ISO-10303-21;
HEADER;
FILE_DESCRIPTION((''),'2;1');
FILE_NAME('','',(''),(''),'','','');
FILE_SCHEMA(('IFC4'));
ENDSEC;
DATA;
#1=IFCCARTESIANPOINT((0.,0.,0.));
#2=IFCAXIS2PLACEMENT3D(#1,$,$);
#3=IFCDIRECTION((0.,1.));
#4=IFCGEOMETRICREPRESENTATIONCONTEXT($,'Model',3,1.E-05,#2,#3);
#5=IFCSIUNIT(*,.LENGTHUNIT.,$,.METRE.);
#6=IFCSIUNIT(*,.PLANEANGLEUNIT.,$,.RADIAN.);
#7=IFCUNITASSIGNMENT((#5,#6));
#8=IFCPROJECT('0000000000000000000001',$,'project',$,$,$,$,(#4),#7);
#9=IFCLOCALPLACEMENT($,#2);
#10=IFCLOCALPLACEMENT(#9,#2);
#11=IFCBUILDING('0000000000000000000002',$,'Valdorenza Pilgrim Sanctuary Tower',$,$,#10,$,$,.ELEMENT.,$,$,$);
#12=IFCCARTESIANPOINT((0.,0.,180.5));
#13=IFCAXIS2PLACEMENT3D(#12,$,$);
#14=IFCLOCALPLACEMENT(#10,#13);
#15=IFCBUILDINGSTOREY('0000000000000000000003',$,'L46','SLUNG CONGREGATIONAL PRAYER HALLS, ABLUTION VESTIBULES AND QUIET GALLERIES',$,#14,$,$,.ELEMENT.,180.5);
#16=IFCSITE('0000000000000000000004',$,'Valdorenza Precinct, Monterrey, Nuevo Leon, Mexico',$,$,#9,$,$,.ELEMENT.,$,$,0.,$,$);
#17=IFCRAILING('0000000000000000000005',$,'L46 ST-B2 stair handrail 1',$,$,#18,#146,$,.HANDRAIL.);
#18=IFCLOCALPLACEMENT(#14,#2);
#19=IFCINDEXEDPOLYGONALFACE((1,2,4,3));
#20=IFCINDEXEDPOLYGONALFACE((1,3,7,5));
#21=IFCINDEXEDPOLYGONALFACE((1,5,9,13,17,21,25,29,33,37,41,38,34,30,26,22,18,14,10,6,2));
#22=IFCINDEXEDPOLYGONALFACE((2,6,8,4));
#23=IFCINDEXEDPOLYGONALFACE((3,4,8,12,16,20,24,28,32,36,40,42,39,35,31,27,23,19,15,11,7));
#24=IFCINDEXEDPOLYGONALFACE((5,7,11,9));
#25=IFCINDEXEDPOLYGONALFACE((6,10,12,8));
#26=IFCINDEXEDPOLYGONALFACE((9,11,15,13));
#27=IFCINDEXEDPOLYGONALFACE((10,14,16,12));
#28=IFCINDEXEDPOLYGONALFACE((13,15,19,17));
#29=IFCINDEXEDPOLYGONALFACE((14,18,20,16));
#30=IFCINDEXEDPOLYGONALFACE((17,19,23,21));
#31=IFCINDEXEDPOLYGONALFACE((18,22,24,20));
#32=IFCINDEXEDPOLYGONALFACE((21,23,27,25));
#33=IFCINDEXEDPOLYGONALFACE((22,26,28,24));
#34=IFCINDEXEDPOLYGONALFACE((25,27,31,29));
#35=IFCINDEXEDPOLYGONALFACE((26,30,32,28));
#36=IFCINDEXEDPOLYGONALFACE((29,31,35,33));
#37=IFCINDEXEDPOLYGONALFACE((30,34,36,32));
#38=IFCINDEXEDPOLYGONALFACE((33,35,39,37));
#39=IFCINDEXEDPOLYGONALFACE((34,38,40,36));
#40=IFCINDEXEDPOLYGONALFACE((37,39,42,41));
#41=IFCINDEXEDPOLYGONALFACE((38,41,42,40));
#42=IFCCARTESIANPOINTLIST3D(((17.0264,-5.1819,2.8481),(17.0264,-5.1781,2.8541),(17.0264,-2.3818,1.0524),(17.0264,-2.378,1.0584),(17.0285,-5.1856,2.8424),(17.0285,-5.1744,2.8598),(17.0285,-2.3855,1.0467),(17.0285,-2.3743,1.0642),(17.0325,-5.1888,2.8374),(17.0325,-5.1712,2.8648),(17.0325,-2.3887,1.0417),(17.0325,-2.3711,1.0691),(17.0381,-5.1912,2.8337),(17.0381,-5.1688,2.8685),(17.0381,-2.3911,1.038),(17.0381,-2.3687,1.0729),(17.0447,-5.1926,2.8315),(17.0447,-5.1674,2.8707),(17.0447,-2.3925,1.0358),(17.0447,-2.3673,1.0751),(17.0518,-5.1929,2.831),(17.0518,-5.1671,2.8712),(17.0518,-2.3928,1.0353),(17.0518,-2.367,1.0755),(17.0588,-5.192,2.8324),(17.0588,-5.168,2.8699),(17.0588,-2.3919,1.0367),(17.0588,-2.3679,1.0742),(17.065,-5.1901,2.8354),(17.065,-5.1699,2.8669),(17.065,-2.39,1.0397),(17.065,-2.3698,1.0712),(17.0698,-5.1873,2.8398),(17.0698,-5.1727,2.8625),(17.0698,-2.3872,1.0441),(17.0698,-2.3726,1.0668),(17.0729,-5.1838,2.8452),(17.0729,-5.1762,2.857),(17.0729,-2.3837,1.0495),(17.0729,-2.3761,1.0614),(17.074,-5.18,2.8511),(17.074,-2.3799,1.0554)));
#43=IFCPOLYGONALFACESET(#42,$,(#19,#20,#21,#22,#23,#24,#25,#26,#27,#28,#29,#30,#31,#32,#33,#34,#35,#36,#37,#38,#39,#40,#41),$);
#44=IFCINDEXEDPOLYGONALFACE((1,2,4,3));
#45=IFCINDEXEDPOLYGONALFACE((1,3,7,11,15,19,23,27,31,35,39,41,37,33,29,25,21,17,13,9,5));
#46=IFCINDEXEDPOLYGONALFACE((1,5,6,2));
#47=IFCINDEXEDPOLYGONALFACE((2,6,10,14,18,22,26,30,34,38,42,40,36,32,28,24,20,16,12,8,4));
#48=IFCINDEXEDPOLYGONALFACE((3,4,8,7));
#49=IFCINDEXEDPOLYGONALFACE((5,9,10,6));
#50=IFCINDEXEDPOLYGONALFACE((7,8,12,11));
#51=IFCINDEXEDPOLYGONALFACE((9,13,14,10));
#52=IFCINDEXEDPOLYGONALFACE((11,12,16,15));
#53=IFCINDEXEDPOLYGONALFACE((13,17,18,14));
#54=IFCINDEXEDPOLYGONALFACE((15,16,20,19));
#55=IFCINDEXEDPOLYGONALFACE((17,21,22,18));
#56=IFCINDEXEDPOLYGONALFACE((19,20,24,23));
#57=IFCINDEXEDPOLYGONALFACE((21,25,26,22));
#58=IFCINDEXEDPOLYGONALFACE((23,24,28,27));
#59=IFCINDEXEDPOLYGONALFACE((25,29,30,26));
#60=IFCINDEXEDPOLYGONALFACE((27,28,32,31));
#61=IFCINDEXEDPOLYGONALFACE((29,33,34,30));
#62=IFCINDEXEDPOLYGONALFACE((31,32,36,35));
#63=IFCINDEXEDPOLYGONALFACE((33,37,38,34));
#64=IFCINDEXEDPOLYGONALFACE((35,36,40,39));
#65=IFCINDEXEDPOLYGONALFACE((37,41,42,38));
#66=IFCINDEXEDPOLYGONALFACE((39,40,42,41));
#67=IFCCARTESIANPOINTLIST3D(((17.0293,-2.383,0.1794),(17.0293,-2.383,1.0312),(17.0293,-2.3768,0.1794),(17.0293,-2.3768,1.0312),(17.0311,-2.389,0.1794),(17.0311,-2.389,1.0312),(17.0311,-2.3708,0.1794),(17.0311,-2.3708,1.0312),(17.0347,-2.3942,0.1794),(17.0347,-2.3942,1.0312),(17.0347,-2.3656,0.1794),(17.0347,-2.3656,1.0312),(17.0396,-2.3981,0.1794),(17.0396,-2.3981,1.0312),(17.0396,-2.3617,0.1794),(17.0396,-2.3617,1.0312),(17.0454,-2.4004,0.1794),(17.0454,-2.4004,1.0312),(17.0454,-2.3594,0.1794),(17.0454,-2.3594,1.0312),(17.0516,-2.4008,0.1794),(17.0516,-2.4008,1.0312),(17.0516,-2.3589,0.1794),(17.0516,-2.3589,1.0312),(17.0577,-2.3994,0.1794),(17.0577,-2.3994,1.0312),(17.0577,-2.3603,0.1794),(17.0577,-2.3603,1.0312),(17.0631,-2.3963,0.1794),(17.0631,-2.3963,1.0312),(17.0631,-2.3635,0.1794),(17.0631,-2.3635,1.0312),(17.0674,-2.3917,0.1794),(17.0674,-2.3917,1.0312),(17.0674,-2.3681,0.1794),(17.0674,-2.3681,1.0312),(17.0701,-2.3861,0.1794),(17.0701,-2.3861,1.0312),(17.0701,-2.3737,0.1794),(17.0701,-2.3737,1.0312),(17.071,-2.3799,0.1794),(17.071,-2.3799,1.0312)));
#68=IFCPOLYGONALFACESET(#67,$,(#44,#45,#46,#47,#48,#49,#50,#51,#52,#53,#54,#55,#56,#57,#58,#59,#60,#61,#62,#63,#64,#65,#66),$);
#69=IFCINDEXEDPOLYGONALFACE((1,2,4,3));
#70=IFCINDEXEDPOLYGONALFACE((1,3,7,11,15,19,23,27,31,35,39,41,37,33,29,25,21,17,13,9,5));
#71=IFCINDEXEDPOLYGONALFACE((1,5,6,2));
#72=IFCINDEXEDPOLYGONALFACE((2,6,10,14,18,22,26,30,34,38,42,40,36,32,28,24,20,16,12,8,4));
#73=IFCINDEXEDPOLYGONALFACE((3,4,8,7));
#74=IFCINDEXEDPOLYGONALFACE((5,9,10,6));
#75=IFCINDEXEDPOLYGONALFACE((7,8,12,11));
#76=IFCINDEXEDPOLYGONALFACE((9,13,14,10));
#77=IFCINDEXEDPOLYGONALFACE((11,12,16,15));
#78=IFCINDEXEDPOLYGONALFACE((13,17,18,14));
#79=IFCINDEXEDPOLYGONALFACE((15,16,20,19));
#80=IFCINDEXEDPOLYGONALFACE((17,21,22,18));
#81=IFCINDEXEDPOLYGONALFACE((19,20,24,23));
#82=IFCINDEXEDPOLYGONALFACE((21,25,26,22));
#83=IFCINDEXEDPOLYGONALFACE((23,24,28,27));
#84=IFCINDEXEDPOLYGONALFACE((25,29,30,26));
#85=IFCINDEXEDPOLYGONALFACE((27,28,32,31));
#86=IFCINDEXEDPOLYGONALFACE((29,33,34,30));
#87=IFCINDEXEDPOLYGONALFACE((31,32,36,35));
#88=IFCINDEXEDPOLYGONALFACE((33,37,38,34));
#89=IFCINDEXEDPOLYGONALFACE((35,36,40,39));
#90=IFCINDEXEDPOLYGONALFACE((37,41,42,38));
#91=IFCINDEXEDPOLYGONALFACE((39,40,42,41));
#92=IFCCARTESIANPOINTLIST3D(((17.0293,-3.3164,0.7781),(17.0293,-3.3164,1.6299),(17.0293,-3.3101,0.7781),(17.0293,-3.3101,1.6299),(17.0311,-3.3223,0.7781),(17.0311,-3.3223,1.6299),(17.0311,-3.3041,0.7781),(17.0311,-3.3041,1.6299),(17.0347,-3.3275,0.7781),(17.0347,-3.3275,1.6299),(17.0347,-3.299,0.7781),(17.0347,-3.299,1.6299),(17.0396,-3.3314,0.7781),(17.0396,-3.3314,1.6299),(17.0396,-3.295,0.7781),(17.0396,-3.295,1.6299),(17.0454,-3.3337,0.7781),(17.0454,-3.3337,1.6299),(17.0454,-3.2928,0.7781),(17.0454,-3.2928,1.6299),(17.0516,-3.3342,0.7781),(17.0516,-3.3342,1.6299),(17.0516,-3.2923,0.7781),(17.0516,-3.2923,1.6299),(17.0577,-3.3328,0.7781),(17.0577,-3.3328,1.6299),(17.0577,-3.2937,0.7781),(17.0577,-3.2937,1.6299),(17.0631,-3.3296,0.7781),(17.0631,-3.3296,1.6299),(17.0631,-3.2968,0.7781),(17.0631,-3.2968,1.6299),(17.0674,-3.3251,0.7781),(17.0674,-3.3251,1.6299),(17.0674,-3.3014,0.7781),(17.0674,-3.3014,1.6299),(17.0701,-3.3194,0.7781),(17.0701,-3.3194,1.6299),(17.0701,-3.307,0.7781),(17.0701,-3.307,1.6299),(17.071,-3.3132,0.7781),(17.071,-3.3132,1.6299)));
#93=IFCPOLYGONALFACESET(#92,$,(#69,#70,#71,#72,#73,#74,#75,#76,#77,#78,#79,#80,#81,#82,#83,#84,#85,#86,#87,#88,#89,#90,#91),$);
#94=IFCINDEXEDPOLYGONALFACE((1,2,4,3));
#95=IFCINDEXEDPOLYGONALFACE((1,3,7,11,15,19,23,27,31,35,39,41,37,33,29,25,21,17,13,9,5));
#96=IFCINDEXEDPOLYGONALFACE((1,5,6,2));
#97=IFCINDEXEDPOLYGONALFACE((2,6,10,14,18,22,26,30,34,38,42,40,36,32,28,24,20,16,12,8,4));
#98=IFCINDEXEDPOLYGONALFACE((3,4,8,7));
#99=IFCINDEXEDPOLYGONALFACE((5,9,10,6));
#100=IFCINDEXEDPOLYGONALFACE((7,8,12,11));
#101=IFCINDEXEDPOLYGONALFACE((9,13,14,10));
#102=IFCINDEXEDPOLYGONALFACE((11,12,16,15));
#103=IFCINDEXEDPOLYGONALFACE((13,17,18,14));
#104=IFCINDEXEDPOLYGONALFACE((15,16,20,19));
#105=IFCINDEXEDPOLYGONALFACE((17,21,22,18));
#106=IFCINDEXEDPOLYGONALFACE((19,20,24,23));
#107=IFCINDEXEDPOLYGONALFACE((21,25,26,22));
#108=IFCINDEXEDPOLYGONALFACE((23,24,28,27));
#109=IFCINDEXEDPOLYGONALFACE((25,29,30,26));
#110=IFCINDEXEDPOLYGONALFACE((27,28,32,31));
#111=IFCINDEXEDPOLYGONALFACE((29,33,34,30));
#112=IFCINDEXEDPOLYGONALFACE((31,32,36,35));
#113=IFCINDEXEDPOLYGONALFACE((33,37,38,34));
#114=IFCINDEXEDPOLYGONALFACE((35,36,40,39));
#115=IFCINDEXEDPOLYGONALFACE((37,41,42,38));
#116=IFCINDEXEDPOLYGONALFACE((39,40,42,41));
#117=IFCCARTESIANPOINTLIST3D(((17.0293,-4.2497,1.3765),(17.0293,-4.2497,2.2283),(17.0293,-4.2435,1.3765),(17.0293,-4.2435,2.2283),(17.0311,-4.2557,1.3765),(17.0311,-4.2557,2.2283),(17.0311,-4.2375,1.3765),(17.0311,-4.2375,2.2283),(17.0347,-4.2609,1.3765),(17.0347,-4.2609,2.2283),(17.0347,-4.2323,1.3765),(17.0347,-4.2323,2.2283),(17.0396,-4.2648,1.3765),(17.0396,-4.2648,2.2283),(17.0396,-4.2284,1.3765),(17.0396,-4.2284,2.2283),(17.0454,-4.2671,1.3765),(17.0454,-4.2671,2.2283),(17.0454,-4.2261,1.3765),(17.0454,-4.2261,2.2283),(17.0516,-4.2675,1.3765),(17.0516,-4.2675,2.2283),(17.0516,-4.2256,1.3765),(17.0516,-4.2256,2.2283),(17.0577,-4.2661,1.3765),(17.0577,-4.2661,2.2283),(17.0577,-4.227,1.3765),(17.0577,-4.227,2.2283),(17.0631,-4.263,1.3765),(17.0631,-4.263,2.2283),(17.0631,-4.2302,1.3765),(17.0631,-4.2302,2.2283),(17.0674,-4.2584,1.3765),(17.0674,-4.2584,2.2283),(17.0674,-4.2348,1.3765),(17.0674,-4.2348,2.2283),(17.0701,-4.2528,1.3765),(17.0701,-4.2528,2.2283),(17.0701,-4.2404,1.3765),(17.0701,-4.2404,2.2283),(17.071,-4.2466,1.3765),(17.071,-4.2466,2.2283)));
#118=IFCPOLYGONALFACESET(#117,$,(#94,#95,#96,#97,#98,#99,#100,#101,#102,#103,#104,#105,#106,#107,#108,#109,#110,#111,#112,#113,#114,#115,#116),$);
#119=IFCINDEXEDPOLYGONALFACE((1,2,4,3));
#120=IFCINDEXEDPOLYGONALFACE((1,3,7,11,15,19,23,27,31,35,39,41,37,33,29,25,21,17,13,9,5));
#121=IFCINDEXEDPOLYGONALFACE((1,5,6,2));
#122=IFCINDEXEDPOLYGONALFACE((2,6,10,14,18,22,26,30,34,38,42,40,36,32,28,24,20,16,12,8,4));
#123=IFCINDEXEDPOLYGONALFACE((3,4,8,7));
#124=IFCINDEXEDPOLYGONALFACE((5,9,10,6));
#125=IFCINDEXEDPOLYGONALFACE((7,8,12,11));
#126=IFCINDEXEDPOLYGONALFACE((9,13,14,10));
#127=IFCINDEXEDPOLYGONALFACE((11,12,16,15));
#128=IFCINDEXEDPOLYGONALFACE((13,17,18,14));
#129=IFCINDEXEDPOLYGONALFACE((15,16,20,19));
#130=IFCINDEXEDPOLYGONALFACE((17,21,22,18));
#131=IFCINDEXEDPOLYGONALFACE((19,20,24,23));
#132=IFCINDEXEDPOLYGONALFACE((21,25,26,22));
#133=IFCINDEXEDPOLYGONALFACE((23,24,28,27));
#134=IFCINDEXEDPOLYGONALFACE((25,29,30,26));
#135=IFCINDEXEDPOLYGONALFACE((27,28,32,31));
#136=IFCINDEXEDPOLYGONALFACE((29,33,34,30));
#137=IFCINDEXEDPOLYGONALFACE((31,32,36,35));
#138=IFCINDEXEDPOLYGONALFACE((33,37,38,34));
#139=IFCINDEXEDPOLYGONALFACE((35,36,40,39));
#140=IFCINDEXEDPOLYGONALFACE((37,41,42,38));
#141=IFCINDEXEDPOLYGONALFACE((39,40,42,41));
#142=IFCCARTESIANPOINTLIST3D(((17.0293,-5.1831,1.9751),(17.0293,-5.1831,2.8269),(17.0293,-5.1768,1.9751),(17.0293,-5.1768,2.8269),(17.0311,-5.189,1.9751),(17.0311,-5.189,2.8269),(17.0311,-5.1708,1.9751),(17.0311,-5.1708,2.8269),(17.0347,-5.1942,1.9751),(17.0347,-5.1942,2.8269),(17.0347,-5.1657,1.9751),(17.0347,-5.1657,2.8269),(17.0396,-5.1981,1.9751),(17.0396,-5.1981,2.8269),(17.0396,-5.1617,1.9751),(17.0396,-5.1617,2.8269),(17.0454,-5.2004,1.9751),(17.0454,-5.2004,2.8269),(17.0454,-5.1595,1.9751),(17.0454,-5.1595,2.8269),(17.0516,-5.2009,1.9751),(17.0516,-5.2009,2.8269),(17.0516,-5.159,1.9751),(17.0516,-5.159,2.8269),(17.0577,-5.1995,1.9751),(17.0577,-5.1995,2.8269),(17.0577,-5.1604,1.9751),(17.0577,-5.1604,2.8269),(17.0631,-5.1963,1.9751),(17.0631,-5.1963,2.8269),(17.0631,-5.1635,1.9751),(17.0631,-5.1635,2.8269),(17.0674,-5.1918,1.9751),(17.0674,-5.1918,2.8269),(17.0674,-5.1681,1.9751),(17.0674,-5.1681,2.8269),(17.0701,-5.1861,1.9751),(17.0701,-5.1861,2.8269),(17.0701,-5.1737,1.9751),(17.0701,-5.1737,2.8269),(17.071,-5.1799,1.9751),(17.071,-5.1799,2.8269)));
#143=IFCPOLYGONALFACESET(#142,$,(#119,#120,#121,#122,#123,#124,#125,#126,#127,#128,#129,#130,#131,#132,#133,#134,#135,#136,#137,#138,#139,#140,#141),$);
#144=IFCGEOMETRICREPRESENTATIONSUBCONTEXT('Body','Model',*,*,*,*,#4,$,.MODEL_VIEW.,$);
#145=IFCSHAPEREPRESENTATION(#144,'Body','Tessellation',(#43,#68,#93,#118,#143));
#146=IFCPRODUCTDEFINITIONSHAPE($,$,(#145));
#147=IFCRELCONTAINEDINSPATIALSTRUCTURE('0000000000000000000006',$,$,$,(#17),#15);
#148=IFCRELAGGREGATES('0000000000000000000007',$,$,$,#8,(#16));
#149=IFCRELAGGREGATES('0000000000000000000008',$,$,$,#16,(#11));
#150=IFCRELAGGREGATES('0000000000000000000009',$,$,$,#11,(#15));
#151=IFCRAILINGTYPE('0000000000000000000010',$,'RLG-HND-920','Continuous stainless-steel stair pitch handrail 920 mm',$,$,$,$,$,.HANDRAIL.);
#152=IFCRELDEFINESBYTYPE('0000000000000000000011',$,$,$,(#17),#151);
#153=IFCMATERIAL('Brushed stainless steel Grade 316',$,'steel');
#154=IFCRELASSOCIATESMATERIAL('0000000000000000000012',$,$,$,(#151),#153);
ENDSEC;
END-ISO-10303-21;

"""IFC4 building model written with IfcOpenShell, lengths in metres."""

from ifc_helpers import new_model, si_unit, direction, frame, origin, origin_2d, place, context, subcontext, project, spatial, circle, extrude, material, type_object, element, save


model = new_model("IFC4")

# Units and contexts
model_context = context("Model", 3, precision=1e-05, world=origin(), true_north=direction((0.0, 1.0)))
body_context = subcontext(model_context, "Body", "Model", "MODEL_VIEW")
ifc_project = project(units=[si_unit("LENGTHUNIT", "METRE"), si_unit("PLANEANGLEUNIT", "RADIAN")], contexts=[model_context])

# Site, building, storey
site_placement = place(None, origin())
site = spatial("IfcSite", under=ifc_project, at=site_placement, Name="Valdorenza Precinct, Monterrey, Nuevo Leon, Mexico", CompositionType="ELEMENT", RefElevation=0.0)
building_placement = place(site_placement, origin())
building = spatial("IfcBuilding", under=site, at=building_placement, Name="Valdorenza Pilgrim Sanctuary Tower", CompositionType="ELEMENT")
storey_placement = place(building_placement, frame((0.0, 0.0, 180.5)))
storey = spatial("IfcBuildingStorey", under=building, at=storey_placement, Name="L46", Description="SLUNG CONGREGATIONAL PRAYER HALLS, ABLUTION VESTIBULES AND QUIET GALLERIES", CompositionType="ELEMENT", Elevation=180.5)

# Railing
ifc_material_1 = material(Name="Brushed stainless steel Grade 316", Category="steel")
railing_type_1 = type_object("IfcRailingType", Name="RLG-HND-920", Description="Continuous stainless-steel stair pitch handrail 920 mm", PredefinedType="HANDRAIL", material=ifc_material_1)
railing_1_placement = place(storey_placement, frame((17.05, -2.3799, 0.1794)))
element("IfcRailing", 1, at=railing_1_placement, inside=storey, type_object=railing_type_1, Name="L46 ST-B2 stair handrail 1", PredefinedType="HANDRAIL", context=body_context, shape_type="SweptSolid", body=[
    extrude(circle(Radius=0.0239, at=origin_2d()), frame((0.0, 0.0, 0.876), z_axis=(0.0, -0.841777, 0.539826), x_axis=(1.0, 0.0, 0.0)), (0.0, 0.0, 1.0), 3.3264),
    extrude(circle(Radius=0.021, at=origin_2d()), origin(), (0.0, 0.0, 1.0), 0.8518),
    extrude(circle(Radius=0.021, at=origin_2d()), frame((0.0, -0.9333, 0.5986)), (0.0, 0.0, 1.0), 0.8518),
    extrude(circle(Radius=0.021, at=origin_2d()), frame((0.0, -1.8667, 1.197)), (0.0, 0.0, 1.0), 0.8518),
    extrude(circle(Radius=0.021, at=origin_2d()), frame((0.0, -2.8, 1.7957)), (0.0, 0.0, 1.0), 0.8518),
])

save(model, "model.ifc")
